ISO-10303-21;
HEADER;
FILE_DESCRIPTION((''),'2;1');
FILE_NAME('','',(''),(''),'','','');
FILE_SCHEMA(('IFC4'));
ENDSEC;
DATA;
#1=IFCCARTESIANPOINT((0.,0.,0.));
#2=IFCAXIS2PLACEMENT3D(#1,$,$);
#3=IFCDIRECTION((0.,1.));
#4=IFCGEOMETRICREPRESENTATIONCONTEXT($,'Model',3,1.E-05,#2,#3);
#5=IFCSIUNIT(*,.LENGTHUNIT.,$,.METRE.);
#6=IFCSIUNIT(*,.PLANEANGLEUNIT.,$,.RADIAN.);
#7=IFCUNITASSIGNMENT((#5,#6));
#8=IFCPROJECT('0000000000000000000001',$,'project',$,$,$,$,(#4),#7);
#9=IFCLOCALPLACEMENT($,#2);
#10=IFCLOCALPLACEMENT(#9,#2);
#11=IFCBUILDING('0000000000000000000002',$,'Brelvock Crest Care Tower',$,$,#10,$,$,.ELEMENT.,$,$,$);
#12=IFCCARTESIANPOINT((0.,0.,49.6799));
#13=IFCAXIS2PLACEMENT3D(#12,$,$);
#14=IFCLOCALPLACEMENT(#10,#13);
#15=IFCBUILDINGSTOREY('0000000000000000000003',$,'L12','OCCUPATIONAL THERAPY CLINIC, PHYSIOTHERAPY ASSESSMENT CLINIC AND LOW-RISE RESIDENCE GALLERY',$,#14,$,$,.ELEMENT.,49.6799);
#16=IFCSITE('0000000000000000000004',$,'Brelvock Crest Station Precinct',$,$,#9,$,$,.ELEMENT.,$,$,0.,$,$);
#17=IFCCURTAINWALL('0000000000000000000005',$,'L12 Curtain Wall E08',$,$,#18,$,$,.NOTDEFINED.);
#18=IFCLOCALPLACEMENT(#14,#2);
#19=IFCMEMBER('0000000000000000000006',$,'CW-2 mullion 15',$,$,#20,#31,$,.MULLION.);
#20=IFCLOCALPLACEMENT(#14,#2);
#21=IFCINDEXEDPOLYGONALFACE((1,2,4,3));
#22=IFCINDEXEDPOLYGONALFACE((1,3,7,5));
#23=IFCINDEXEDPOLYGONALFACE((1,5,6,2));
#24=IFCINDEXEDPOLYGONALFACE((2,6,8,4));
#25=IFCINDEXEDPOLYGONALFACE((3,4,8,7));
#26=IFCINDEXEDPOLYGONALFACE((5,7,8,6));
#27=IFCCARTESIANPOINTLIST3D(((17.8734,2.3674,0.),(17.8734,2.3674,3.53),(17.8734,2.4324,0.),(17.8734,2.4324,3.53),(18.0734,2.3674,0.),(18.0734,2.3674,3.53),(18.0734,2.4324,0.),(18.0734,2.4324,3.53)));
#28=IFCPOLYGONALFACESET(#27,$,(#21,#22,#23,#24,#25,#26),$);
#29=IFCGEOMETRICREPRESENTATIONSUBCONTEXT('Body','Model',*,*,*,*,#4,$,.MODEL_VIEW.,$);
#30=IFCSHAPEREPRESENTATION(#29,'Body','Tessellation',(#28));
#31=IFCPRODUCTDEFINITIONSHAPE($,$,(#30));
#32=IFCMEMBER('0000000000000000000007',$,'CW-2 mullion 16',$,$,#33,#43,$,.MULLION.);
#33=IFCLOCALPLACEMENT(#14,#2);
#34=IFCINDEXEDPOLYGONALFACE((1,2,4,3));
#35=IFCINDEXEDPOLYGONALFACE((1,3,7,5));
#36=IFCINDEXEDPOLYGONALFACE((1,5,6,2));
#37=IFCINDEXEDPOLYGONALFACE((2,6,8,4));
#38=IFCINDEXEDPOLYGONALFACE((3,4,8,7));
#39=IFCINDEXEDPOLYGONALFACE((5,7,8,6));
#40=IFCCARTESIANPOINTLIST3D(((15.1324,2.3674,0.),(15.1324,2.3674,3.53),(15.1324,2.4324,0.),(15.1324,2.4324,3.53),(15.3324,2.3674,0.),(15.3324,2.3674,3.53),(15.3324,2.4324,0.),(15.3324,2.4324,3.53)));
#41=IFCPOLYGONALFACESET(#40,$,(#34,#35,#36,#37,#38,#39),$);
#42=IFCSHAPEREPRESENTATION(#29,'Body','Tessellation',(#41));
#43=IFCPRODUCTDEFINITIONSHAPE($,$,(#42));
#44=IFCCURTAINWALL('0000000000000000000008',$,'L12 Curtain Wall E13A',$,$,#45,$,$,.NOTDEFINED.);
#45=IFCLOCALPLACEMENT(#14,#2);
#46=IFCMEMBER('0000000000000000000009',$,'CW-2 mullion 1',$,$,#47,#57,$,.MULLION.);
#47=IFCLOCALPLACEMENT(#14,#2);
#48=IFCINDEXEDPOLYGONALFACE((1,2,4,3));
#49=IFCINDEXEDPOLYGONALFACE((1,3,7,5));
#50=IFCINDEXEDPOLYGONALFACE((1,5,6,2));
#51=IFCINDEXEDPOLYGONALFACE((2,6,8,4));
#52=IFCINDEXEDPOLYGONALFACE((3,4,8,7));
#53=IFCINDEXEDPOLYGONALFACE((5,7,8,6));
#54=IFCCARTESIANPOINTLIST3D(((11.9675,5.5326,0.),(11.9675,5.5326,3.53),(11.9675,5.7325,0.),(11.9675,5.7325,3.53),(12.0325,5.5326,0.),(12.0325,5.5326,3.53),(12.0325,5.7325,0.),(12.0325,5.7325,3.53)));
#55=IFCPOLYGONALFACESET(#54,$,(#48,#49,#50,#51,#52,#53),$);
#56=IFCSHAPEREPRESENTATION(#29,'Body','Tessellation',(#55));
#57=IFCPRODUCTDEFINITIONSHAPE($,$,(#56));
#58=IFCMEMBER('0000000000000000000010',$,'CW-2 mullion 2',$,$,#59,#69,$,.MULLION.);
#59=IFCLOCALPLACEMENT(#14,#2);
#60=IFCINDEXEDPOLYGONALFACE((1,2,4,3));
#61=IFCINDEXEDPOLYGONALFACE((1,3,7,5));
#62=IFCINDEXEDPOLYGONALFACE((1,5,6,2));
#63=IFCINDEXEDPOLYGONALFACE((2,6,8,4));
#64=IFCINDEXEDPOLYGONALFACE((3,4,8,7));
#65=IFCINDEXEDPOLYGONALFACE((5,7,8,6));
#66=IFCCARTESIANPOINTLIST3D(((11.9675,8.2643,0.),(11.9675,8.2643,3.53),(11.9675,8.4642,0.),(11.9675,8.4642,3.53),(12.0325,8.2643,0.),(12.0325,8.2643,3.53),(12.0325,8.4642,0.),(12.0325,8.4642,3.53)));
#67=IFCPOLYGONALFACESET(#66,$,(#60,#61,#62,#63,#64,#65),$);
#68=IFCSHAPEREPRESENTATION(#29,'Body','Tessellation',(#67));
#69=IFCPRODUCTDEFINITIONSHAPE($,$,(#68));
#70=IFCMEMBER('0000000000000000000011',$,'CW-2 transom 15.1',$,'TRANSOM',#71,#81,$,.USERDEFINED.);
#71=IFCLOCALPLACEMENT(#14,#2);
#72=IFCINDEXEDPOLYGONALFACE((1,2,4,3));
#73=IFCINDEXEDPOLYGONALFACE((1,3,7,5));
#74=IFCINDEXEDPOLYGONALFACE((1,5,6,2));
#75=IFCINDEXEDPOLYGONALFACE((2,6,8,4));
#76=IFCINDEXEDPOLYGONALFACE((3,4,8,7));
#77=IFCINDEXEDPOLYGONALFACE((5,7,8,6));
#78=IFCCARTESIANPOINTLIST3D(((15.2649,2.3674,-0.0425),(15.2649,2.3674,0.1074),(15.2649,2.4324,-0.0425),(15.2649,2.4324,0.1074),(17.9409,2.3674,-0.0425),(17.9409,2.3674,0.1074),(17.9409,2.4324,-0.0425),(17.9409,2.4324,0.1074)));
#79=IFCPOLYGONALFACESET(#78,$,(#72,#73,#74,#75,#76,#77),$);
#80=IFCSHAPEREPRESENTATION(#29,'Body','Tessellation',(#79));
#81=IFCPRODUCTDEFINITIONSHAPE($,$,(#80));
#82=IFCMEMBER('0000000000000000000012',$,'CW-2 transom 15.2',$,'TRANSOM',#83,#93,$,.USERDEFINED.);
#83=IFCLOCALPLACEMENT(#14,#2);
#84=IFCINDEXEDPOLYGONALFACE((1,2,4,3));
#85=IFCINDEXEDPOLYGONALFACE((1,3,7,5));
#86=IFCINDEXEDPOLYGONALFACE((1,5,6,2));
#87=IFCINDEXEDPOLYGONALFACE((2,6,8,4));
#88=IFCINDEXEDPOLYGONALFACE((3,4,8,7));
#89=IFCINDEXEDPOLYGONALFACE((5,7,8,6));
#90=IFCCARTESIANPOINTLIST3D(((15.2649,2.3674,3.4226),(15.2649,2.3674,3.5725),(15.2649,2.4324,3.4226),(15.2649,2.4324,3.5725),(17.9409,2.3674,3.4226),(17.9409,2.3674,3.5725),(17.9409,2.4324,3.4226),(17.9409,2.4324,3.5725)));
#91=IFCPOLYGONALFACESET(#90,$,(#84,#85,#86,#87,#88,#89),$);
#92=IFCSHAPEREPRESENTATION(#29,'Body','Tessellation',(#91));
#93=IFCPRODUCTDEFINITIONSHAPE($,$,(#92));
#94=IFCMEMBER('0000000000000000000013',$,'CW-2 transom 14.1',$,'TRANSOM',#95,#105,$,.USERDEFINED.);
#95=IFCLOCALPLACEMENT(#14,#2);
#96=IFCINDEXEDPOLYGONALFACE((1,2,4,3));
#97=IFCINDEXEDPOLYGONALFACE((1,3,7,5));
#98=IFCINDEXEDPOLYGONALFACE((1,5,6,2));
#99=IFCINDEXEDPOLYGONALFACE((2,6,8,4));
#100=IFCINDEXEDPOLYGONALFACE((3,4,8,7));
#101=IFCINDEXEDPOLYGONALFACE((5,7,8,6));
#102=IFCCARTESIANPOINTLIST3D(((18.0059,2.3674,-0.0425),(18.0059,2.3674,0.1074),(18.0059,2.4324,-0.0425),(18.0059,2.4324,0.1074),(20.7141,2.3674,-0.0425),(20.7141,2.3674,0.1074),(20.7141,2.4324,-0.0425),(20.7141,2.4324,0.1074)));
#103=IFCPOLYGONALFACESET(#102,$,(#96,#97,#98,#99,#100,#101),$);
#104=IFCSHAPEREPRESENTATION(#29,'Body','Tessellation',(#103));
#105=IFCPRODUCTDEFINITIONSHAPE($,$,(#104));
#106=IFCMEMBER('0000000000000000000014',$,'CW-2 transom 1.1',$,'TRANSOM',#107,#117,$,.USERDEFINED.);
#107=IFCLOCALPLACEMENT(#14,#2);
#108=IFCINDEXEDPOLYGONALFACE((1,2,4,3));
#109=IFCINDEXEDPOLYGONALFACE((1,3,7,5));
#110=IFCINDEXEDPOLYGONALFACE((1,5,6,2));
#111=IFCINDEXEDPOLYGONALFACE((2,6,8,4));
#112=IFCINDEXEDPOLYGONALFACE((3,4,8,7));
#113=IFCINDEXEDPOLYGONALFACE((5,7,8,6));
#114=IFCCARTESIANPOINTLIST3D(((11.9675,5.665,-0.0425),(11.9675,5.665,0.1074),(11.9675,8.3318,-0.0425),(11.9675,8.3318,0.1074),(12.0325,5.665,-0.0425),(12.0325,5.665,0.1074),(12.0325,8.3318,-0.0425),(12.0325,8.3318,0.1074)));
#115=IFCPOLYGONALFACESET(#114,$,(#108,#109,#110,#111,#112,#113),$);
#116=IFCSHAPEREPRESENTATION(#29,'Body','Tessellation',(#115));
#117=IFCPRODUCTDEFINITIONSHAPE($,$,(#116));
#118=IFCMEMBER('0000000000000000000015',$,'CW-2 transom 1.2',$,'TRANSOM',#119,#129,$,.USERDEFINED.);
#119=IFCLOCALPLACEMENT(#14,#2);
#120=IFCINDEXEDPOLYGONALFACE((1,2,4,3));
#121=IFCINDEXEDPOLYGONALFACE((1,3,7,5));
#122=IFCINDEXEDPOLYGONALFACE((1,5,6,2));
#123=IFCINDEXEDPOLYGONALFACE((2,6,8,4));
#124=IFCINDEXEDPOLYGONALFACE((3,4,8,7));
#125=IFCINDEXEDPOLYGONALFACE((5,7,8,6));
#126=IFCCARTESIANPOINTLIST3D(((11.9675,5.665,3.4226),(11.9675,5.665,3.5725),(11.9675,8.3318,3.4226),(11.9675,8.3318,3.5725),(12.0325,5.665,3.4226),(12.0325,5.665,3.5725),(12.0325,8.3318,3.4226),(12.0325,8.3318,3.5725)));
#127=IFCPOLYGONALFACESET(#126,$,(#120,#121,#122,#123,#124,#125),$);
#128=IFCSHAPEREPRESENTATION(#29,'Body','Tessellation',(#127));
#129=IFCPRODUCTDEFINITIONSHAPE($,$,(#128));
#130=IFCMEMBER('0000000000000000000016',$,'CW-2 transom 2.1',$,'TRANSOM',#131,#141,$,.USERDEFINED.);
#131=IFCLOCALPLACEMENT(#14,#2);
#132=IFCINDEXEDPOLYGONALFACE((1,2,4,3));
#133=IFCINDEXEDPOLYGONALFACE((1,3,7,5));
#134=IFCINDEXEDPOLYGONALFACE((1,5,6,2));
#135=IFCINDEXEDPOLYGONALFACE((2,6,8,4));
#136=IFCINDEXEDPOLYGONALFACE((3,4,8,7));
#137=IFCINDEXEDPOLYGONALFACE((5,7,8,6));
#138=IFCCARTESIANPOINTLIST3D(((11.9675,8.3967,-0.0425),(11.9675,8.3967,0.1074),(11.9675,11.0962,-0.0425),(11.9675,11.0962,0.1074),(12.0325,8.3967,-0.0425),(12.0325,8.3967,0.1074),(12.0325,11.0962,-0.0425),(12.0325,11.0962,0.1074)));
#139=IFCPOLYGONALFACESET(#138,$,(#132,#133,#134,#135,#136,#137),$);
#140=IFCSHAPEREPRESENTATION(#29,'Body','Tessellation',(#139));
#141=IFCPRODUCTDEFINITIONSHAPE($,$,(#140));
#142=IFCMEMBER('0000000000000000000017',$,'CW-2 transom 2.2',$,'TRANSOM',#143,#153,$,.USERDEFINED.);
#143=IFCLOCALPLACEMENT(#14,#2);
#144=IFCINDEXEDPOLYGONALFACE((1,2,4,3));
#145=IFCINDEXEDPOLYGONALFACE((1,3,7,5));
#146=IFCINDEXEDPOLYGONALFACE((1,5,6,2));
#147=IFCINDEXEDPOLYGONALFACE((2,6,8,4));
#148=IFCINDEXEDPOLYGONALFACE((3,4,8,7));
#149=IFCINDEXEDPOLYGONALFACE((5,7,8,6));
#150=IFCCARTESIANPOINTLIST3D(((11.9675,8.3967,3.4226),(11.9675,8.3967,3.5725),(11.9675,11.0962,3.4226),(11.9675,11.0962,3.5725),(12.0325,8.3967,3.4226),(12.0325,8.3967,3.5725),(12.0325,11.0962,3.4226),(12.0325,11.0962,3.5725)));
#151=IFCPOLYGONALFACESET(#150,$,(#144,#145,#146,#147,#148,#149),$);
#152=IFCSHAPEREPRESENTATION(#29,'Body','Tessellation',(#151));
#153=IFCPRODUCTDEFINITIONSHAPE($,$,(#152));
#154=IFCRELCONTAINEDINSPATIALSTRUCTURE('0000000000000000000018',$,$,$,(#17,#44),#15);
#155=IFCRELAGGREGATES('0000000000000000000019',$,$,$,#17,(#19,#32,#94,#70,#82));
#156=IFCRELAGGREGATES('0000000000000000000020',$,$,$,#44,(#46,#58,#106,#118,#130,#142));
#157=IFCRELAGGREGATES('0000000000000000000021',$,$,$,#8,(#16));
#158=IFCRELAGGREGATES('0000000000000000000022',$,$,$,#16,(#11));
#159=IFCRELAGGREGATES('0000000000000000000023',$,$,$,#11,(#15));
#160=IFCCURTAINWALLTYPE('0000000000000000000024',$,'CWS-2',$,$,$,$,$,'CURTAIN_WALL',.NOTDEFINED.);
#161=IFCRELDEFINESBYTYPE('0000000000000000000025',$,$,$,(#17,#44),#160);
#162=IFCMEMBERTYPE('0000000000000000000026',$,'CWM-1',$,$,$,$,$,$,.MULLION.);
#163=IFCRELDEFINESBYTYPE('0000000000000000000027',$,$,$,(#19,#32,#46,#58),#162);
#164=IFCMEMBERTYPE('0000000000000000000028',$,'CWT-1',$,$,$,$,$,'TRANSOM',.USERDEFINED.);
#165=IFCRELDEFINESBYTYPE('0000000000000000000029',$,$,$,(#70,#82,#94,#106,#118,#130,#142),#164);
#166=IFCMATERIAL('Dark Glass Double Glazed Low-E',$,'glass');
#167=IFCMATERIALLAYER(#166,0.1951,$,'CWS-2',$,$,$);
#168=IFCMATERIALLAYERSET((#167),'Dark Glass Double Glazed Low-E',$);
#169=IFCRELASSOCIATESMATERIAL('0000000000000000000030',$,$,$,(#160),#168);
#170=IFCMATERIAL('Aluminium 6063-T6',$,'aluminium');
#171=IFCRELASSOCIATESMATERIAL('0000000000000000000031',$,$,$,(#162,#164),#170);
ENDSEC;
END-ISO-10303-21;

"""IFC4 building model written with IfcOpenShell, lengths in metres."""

from ifc_helpers import new_model, si_unit, direction, frame, origin, origin_2d, place, context, subcontext, project, spatial, rectangle, extrude, source, transform, mapped, material, layer, layer_set, material_profile, profile_set, type_object, element, aggregate, save


model = new_model("IFC4")

# Units and contexts
model_context = context("Model", 3, precision=1e-05, world=origin(), true_north=direction((0.0, 1.0)))
body_context = subcontext(model_context, "Body", "Model", "MODEL_VIEW")
ifc_project = project(units=[si_unit("LENGTHUNIT", "METRE"), si_unit("PLANEANGLEUNIT", "RADIAN")], contexts=[model_context])

# Site, building, storey
site_placement = place(None, origin())
site = spatial("IfcSite", under=ifc_project, at=site_placement, Name="Brelvock Crest Station Precinct", CompositionType="ELEMENT", RefElevation=0.0)
building_placement = place(site_placement, origin())
building = spatial("IfcBuilding", under=site, at=building_placement, Name="Brelvock Crest Care Tower", CompositionType="ELEMENT")
storey_placement = place(building_placement, frame((0.0, 0.0, 49.6799)))
storey = spatial("IfcBuildingStorey", under=building, at=storey_placement, Name="L12", Description="OCCUPATIONAL THERAPY CLINIC, PHYSIOTHERAPY ASSESSMENT CLINIC AND LOW-RISE RESIDENCE GALLERY", CompositionType="ELEMENT", Elevation=49.6799)

# Curtain walls, members
ifc_material_1 = material(Name="Dark Glass Double Glazed Low-E", Category="glass")
ifc_layer_1 = layer(ifc_material_1, 0.1951, Name="CWS-2")
ifc_layer_set_1 = layer_set([ifc_layer_1], Name="Dark Glass Double Glazed Low-E")
curtain_wall_type = type_object("IfcCurtainWallType", Name="CWS-2", ElementType="CURTAIN_WALL", PredefinedType="NOTDEFINED", material=ifc_layer_set_1)
curtain_wall_1_placement = place(storey_placement, origin())
curtain_wall_1 = element("IfcCurtainWall", 1, at=curtain_wall_1_placement, inside=storey, type_object=curtain_wall_type, Name="L12 Curtain Wall E08", PredefinedType="NOTDEFINED")
ifc_material_2 = material(Name="Aluminium 6063-T6", Category="aluminium")
ifc_material_profile_1 = material_profile(ifc_material_2, rectangle(XDim=0.0649, YDim=0.2, at=origin_2d()), Name="ALU65x200")
ifc_profile_set_1 = profile_set([ifc_material_profile_1], Name="Aluminium 6063-T6")
member_type_1 = type_object("IfcMemberType", Name="CWM-1", PredefinedType="MULLION", material=ifc_profile_set_1)
shared_shape_1 = source(origin(), body_context, "Body", "SweptSolid", [
    extrude(rectangle(XDim=0.0649, YDim=0.2, at=origin_2d()), origin(), (0.0, 0.0, 1.0), 3.53),
])
member_1_placement = place(storey_placement, frame((17.9734, 2.3999, 0.0), z_axis=(0.0, 0.0, 1.0), x_axis=(0.0, -1.0, 0.0)))
member_1 = element("IfcMember", 2, at=member_1_placement, type_object=member_type_1, Name="CW-2 mullion 15", PredefinedType="MULLION", context=body_context, shape_type="MappedRepresentation", body=[
    mapped(shared_shape_1, transform((0.0, 0.0, 0.0), x_axis=(1.0, 0.0, 0.0), y_axis=(0.0, 1.0, 0.0), z_axis=(0.0, 0.0, 1.0), scale=1.0)),
])
member_2_placement = place(storey_placement, frame((15.2324, 2.3999, 0.0), z_axis=(0.0, 0.0, 1.0), x_axis=(0.0, -1.0, 0.0)))
member_2 = element("IfcMember", 3, at=member_2_placement, type_object=member_type_1, Name="CW-2 mullion 16", PredefinedType="MULLION", context=body_context, shape_type="MappedRepresentation", body=[
    mapped(shared_shape_1, transform((0.0, 0.0, 0.0), x_axis=(1.0, 0.0, 0.0), y_axis=(0.0, 1.0, 0.0), z_axis=(0.0, 0.0, 1.0), scale=1.0)),
])
curtain_wall_2_placement = place(storey_placement, origin())
curtain_wall_2 = element("IfcCurtainWall", 4, at=curtain_wall_2_placement, inside=storey, type_object=curtain_wall_type, Name="L12 Curtain Wall E13A", PredefinedType="NOTDEFINED")
member_3_placement = place(storey_placement, frame((12.0, 5.6326, 0.0), z_axis=(0.0, 0.0, 1.0), x_axis=(-1.0, 0.0, 0.0)))
member_3 = element("IfcMember", 5, at=member_3_placement, type_object=member_type_1, Name="CW-2 mullion 1", PredefinedType="MULLION", context=body_context, shape_type="MappedRepresentation", body=[
    mapped(shared_shape_1, transform((0.0, 0.0, 0.0), x_axis=(1.0, 0.0, 0.0), y_axis=(0.0, 1.0, 0.0), z_axis=(0.0, 0.0, 1.0), scale=1.0)),
])
member_4_placement = place(storey_placement, frame((12.0, 8.3643, 0.0), z_axis=(0.0, 0.0, 1.0), x_axis=(-1.0, 0.0, 0.0)))
member_4 = element("IfcMember", 6, at=member_4_placement, type_object=member_type_1, Name="CW-2 mullion 2", PredefinedType="MULLION", context=body_context, shape_type="MappedRepresentation", body=[
    mapped(shared_shape_1, transform((0.0, 0.0, 0.0), x_axis=(1.0, 0.0, 0.0), y_axis=(0.0, 1.0, 0.0), z_axis=(0.0, 0.0, 1.0), scale=1.0)),
])

# Members
ifc_material_profile_2 = material_profile(ifc_material_2, rectangle(XDim=0.0649, YDim=0.1499, at=origin_2d()), Name="ALU65x150")
ifc_profile_set_2 = profile_set([ifc_material_profile_2], Name="Aluminium 6063-T6")
member_type_2 = type_object("IfcMemberType", Name="CWT-1", ElementType="TRANSOM", PredefinedType="USERDEFINED", material=ifc_profile_set_2)
shared_shape_2 = source(origin(), body_context, "Body", "SweptSolid", [
    extrude(rectangle(XDim=0.0649, YDim=0.1499, at=origin_2d()), origin(), (0.0, 0.0, 1.0), 2.676),
])
member_5_placement = place(storey_placement, frame((17.9409, 2.3999, 0.0325), z_axis=(-1.0, 0.0, 0.0), x_axis=(0.0, -1.0, 0.0)))
member_5 = element("IfcMember", 7, at=member_5_placement, type_object=member_type_2, Name="CW-2 transom 15.1", ObjectType="TRANSOM", PredefinedType="USERDEFINED", context=body_context, shape_type="MappedRepresentation", body=[
    mapped(shared_shape_2, transform((0.0, 0.0, 0.0), x_axis=(1.0, 0.0, 0.0), y_axis=(0.0, 1.0, 0.0), z_axis=(0.0, 0.0, 1.0), scale=1.0)),
])
member_6_placement = place(storey_placement, frame((17.9409, 2.3999, 3.4976), z_axis=(-1.0, 0.0, 0.0), x_axis=(0.0, -1.0, 0.0)))
member_6 = element("IfcMember", 8, at=member_6_placement, type_object=member_type_2, Name="CW-2 transom 15.2", ObjectType="TRANSOM", PredefinedType="USERDEFINED", context=body_context, shape_type="MappedRepresentation", body=[
    mapped(shared_shape_2, transform((0.0, 0.0, 0.0), x_axis=(1.0, 0.0, 0.0), y_axis=(0.0, 1.0, 0.0), z_axis=(0.0, 0.0, 1.0), scale=1.0)),
])
shared_shape_3 = source(origin(), body_context, "Body", "SweptSolid", [
    extrude(rectangle(XDim=0.0649, YDim=0.1499, at=origin_2d()), origin(), (0.0, 0.0, 1.0), 2.7083),
])
member_7_placement = place(storey_placement, frame((20.7141, 2.3999, 0.0325), z_axis=(-1.0, 0.0, 0.0), x_axis=(0.0, -1.0, 0.0)))
member_7 = element("IfcMember", 9, at=member_7_placement, type_object=member_type_2, Name="CW-2 transom 14.1", ObjectType="TRANSOM", PredefinedType="USERDEFINED", context=body_context, shape_type="MappedRepresentation", body=[
    mapped(shared_shape_3, transform((0.0, 0.0, 0.0), x_axis=(1.0, 0.0, 0.0), y_axis=(0.0, 1.0, 0.0), z_axis=(0.0, 0.0, 1.0), scale=1.0)),
])
shared_shape_4 = source(origin(), body_context, "Body", "SweptSolid", [
    extrude(rectangle(XDim=0.0649, YDim=0.1499, at=origin_2d()), origin(), (0.0, 0.0, 1.0), 2.6667),
])
member_8_placement = place(storey_placement, frame((12.0, 5.665, 0.0325), z_axis=(0.0, 1.0, 0.0), x_axis=(-1.0, 0.0, 0.0)))
member_8 = element("IfcMember", 10, at=member_8_placement, type_object=member_type_2, Name="CW-2 transom 1.1", ObjectType="TRANSOM", PredefinedType="USERDEFINED", context=body_context, shape_type="MappedRepresentation", body=[
    mapped(shared_shape_4, transform((0.0, 0.0, 0.0), x_axis=(1.0, 0.0, 0.0), y_axis=(0.0, 1.0, 0.0), z_axis=(0.0, 0.0, 1.0), scale=1.0)),
])
member_9_placement = place(storey_placement, frame((12.0, 5.665, 3.4976), z_axis=(0.0, 1.0, 0.0), x_axis=(-1.0, 0.0, 0.0)))
member_9 = element("IfcMember", 11, at=member_9_placement, type_object=member_type_2, Name="CW-2 transom 1.2", ObjectType="TRANSOM", PredefinedType="USERDEFINED", context=body_context, shape_type="MappedRepresentation", body=[
    mapped(shared_shape_4, transform((0.0, 0.0, 0.0), x_axis=(1.0, 0.0, 0.0), y_axis=(0.0, 1.0, 0.0), z_axis=(0.0, 0.0, 1.0), scale=1.0)),
])
shared_shape_5 = source(origin(), body_context, "Body", "SweptSolid", [
    extrude(rectangle(XDim=0.0649, YDim=0.1499, at=origin_2d()), origin(), (0.0, 0.0, 1.0), 2.6995),
])
member_10_placement = place(storey_placement, frame((12.0, 8.3967, 0.0325), z_axis=(0.0, 1.0, 0.0), x_axis=(-1.0, 0.0, 0.0)))
member_10 = element("IfcMember", 12, at=member_10_placement, type_object=member_type_2, Name="CW-2 transom 2.1", ObjectType="TRANSOM", PredefinedType="USERDEFINED", context=body_context, shape_type="MappedRepresentation", body=[
    mapped(shared_shape_5, transform((0.0, 0.0, 0.0), x_axis=(1.0, 0.0, 0.0), y_axis=(0.0, 1.0, 0.0), z_axis=(0.0, 0.0, 1.0), scale=1.0)),
])
member_11_placement = place(storey_placement, frame((12.0, 8.3967, 3.4976), z_axis=(0.0, 1.0, 0.0), x_axis=(-1.0, 0.0, 0.0)))
member_11 = element("IfcMember", 13, at=member_11_placement, type_object=member_type_2, Name="CW-2 transom 2.2", ObjectType="TRANSOM", PredefinedType="USERDEFINED", context=body_context, shape_type="MappedRepresentation", body=[
    mapped(shared_shape_5, transform((0.0, 0.0, 0.0), x_axis=(1.0, 0.0, 0.0), y_axis=(0.0, 1.0, 0.0), z_axis=(0.0, 0.0, 1.0), scale=1.0)),
])

aggregate(curtain_wall_1, [member_1, member_2, member_7, member_5, member_6])
aggregate(curtain_wall_2, [member_3, member_4, member_8, member_9, member_10, member_11])

save(model, "model.ifc")
